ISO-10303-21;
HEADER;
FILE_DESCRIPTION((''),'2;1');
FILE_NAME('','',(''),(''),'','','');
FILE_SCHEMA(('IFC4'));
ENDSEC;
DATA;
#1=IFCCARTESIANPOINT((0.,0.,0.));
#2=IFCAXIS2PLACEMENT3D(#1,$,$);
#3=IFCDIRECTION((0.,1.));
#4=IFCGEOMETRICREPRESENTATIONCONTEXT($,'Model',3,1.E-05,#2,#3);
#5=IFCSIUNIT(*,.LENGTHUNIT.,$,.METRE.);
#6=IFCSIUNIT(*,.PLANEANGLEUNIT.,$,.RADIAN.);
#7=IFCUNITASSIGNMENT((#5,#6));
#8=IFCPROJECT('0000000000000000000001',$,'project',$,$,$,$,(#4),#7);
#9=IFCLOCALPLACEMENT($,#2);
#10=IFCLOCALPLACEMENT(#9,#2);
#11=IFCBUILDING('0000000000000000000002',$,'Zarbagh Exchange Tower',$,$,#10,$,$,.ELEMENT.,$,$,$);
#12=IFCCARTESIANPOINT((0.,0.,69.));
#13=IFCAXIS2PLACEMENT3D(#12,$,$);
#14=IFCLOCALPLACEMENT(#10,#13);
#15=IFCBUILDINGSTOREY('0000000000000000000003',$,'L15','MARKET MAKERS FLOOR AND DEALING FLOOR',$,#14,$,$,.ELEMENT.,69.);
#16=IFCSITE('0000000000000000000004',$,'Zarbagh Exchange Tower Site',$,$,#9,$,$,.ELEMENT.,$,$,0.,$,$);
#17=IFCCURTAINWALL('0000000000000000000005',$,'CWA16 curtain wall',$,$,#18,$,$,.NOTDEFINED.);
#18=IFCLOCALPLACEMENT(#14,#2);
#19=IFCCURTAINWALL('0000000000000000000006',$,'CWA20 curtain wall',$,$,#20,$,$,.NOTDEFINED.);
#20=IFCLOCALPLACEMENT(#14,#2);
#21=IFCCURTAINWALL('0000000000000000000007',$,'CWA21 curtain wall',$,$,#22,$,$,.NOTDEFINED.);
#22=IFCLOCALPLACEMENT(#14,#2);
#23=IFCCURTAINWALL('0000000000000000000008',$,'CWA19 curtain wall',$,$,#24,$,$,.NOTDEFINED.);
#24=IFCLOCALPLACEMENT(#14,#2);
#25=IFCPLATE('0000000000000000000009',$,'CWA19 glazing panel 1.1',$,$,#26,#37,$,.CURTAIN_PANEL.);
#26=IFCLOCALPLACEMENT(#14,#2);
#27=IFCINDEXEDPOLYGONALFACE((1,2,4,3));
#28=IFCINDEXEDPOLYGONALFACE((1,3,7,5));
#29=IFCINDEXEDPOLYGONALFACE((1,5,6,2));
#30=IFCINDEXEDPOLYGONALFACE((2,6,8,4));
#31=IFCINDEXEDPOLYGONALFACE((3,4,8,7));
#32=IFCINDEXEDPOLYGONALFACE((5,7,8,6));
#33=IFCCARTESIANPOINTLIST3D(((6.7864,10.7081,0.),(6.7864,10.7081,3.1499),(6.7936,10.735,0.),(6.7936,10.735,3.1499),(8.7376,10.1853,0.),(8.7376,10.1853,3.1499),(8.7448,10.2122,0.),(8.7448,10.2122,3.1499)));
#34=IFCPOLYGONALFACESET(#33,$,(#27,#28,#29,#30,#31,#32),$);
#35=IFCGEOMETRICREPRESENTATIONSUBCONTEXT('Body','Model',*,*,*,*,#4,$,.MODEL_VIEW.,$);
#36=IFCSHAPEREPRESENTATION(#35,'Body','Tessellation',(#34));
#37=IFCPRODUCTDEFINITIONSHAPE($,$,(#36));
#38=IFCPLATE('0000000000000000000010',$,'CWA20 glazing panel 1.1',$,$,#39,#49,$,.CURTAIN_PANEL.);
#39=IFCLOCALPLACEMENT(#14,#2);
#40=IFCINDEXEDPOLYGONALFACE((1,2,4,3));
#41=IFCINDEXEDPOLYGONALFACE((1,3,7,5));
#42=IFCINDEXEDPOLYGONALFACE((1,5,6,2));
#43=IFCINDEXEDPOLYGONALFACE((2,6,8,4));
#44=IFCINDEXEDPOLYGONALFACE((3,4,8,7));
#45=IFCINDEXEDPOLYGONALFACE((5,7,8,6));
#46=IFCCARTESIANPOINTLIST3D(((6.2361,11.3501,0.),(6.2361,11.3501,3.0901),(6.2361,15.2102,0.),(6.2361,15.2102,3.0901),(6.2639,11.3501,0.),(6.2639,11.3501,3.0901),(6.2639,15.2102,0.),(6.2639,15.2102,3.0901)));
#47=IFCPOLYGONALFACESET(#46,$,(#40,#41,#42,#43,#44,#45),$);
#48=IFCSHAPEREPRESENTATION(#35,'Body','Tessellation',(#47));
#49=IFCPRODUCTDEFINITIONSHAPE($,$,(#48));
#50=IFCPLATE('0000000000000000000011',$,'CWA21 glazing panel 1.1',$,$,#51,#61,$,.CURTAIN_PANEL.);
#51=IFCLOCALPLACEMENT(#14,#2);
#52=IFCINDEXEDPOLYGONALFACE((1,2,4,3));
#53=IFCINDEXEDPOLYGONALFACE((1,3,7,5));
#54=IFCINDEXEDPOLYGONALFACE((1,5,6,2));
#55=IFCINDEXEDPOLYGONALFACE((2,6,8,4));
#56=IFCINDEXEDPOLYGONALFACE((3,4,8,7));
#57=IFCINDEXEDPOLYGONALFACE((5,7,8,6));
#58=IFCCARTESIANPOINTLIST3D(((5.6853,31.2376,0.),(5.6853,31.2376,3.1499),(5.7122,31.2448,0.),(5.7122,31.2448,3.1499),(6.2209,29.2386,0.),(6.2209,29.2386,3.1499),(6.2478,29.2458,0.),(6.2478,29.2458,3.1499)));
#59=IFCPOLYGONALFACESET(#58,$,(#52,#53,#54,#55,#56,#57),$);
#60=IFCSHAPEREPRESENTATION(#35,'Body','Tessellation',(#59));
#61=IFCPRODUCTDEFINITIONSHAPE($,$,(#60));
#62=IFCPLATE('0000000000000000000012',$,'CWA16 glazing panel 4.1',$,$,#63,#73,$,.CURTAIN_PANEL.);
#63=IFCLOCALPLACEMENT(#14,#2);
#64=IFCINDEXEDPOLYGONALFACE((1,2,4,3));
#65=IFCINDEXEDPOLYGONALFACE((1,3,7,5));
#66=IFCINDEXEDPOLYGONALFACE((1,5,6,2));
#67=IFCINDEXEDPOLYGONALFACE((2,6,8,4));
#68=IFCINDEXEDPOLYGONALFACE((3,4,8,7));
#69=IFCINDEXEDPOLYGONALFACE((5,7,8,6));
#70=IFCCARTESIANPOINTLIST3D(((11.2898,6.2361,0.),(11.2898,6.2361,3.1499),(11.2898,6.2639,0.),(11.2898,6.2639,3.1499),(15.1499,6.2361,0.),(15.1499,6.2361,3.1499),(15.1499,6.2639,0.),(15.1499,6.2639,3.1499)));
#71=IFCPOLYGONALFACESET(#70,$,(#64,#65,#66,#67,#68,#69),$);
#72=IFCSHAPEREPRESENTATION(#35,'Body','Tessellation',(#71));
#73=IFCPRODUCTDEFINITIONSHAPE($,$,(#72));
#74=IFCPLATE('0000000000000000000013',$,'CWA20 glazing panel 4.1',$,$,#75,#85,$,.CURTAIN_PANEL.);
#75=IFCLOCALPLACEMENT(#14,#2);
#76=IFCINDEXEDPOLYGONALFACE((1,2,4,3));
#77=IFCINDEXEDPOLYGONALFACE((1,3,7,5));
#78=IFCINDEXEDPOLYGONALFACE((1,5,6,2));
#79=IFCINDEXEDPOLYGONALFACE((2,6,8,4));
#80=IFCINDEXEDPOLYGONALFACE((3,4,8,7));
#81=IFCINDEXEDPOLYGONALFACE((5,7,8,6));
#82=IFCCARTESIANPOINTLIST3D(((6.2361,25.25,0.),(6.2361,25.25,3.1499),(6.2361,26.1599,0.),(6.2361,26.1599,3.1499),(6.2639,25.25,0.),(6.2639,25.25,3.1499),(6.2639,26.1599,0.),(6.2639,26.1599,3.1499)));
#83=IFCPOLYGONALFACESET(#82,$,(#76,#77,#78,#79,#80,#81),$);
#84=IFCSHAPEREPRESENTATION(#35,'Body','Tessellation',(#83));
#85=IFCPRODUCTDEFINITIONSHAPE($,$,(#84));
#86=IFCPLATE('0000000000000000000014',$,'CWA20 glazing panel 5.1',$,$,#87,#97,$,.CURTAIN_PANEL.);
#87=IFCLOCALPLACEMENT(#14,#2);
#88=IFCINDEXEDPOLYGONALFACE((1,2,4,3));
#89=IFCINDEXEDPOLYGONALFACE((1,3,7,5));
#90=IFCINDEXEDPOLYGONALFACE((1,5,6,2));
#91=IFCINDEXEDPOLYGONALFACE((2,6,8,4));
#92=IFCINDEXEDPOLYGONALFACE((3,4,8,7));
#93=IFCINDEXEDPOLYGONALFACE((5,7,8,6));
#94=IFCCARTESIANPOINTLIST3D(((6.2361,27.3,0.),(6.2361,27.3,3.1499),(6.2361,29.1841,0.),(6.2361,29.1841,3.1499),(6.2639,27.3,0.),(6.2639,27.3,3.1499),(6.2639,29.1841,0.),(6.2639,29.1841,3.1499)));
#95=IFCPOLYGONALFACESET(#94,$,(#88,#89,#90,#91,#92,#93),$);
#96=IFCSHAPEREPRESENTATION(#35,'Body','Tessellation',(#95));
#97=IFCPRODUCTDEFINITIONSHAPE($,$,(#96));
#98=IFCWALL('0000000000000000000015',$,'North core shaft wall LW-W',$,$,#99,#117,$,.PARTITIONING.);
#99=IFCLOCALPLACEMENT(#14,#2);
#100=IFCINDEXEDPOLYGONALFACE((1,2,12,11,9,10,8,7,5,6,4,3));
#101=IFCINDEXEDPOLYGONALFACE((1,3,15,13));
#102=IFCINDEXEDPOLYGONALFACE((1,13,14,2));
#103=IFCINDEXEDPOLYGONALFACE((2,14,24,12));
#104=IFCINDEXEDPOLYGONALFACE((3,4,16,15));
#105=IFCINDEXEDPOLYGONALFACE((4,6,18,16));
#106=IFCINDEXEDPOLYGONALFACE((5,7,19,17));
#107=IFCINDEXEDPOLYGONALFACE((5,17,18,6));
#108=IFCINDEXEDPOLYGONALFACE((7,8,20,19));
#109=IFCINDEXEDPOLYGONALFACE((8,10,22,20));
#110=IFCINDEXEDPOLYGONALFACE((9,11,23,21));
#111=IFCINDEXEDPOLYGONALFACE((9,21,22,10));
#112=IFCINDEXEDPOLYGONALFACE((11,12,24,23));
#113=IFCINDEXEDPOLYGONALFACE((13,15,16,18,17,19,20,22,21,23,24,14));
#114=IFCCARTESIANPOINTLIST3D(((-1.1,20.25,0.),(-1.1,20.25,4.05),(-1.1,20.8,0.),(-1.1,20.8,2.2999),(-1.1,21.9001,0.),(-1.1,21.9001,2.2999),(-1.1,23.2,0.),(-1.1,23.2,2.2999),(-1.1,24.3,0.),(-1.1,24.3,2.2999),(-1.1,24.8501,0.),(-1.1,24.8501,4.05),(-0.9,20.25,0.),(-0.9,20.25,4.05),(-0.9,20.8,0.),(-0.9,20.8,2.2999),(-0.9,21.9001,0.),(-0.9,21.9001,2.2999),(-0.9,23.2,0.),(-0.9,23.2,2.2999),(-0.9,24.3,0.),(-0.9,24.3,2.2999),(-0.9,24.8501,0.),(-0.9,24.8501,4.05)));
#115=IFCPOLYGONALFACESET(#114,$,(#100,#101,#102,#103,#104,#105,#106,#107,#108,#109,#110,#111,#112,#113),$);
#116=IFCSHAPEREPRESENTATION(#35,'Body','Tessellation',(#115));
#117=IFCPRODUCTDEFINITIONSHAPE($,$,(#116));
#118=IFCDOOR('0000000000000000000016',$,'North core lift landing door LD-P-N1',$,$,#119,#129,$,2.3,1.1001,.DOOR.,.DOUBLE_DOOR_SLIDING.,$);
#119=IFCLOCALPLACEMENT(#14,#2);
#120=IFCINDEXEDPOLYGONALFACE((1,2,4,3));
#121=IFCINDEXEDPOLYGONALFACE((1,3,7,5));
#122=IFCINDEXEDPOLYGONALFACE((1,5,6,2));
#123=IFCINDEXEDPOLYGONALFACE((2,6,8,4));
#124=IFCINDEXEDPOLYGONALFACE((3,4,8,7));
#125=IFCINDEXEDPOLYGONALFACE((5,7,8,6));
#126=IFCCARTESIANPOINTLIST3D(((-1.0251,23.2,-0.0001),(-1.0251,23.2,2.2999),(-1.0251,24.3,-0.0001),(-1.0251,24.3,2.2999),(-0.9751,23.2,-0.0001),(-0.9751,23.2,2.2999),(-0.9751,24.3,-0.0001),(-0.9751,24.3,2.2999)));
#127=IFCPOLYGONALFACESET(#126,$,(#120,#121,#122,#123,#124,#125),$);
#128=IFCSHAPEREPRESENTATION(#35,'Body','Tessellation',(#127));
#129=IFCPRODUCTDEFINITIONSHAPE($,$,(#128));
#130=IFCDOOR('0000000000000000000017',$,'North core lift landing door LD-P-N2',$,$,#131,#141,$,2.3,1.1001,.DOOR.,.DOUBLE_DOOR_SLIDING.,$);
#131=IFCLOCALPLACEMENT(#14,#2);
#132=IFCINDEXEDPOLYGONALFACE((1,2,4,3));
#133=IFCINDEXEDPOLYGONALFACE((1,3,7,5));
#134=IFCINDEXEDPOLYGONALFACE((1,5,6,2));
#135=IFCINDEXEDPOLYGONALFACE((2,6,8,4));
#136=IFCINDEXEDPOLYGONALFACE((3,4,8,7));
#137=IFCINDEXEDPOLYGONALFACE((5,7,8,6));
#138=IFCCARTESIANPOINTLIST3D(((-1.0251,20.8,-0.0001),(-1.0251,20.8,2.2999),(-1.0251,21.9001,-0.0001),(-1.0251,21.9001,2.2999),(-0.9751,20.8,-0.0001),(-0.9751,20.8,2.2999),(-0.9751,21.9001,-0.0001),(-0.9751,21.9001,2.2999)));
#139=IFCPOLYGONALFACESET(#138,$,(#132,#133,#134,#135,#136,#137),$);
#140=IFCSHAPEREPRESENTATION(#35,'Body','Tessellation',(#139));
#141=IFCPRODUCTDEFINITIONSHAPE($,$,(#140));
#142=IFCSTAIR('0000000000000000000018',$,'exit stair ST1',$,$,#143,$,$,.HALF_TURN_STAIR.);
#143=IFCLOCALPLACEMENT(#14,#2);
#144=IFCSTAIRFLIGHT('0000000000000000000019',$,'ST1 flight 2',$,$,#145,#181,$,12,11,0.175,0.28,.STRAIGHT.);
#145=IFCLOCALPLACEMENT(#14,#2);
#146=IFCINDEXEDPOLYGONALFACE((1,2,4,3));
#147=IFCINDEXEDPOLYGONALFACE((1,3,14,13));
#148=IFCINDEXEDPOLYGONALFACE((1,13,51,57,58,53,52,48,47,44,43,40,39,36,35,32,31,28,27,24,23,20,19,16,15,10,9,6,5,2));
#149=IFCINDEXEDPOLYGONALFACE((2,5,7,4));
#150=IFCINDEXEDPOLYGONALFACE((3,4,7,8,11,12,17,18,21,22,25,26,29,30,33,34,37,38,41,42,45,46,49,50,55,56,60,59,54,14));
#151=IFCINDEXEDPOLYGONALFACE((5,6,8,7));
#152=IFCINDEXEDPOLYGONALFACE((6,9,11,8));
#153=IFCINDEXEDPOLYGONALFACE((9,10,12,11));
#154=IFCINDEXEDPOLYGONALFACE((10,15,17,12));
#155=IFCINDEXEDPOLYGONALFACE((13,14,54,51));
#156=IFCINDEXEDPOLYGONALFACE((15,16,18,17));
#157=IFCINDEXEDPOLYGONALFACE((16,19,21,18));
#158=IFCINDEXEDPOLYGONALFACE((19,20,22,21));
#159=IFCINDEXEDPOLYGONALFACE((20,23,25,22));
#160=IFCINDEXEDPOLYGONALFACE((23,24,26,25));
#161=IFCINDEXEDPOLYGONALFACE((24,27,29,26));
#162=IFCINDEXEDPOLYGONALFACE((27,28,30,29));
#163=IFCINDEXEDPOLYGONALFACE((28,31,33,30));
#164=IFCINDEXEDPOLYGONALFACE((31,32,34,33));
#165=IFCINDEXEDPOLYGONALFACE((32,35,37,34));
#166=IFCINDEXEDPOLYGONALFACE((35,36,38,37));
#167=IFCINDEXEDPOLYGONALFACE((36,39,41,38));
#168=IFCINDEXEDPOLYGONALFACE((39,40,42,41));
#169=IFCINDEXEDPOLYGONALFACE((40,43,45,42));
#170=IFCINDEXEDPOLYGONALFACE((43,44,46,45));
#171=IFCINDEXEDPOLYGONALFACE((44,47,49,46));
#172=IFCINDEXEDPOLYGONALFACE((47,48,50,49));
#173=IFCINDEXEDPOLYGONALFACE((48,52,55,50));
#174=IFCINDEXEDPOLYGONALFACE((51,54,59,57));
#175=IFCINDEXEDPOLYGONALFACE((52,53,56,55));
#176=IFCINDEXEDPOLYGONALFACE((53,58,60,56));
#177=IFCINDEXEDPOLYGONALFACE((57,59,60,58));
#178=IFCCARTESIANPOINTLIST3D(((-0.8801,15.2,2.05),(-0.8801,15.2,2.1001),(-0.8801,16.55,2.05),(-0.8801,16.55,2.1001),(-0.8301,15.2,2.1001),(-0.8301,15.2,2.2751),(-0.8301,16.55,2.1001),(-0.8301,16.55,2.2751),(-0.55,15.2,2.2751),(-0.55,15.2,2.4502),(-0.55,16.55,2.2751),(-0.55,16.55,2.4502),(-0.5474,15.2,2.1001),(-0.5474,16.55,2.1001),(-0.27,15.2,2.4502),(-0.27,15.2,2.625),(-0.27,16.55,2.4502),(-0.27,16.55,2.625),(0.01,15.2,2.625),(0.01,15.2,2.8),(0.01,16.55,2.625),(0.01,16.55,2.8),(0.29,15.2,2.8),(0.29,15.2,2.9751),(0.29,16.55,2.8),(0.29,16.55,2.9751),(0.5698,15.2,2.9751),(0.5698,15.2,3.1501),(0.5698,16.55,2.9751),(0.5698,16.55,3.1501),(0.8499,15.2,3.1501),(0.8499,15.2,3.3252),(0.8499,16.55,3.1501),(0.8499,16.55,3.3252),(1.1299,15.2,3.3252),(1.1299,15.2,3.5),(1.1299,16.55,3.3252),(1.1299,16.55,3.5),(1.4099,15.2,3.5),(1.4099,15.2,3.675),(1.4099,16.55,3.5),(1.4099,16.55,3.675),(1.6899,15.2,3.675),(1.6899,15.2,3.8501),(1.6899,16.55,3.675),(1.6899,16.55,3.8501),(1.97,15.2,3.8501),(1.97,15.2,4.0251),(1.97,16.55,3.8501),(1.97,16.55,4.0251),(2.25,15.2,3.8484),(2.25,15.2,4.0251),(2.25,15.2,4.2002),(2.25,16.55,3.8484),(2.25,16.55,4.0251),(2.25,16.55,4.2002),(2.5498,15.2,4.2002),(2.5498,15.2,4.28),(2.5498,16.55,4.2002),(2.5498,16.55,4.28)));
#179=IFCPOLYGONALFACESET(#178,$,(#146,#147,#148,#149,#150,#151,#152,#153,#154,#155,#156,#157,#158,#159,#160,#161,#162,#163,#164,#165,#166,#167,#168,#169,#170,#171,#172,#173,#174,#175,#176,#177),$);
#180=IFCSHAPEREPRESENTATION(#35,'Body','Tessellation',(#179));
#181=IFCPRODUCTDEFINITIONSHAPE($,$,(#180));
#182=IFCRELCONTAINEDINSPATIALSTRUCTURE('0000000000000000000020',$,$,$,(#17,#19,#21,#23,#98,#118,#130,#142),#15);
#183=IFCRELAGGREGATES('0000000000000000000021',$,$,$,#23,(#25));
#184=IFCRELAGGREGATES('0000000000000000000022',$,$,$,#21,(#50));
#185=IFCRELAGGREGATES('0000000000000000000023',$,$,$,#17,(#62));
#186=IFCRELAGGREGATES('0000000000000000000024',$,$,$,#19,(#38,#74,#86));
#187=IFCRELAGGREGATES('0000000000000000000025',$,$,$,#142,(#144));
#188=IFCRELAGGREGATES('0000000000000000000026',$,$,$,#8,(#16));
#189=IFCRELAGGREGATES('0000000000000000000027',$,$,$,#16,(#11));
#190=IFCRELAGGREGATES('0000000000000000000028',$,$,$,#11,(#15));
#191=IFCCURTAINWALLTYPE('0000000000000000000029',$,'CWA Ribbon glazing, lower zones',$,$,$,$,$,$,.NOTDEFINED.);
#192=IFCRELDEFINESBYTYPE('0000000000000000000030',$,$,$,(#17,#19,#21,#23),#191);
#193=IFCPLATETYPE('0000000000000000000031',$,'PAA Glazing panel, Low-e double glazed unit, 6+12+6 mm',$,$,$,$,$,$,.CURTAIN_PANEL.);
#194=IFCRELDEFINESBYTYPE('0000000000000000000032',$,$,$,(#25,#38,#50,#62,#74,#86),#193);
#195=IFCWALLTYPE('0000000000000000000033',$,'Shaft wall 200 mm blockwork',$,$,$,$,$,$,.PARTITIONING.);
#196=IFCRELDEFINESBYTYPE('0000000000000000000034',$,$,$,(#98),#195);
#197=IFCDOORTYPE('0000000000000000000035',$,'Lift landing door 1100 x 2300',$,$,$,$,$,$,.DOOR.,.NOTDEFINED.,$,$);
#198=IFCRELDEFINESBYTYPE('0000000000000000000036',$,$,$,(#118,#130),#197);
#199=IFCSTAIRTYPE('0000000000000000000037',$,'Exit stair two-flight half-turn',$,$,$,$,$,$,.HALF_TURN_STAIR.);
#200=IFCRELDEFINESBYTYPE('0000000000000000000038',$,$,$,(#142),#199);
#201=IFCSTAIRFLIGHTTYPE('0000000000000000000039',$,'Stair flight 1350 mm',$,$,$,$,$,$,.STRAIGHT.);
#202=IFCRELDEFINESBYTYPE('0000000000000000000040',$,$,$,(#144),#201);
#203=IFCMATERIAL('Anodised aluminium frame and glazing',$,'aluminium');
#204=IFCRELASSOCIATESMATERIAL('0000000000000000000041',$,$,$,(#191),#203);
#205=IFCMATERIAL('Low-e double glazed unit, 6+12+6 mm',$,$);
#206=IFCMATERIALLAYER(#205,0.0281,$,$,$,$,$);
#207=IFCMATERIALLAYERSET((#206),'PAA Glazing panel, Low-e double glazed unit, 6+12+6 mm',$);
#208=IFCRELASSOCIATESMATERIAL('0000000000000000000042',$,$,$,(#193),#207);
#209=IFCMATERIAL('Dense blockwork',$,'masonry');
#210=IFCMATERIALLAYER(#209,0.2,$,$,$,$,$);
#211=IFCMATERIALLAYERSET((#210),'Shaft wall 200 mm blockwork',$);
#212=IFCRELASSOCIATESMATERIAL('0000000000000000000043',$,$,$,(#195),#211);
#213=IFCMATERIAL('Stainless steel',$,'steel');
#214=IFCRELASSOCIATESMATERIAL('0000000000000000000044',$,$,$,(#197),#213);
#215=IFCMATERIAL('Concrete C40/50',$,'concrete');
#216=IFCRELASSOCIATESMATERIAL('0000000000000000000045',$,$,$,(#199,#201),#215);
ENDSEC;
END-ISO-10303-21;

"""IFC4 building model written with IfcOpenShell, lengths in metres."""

from ifc_helpers import new_model, si_unit, direction, frame, frame_2d, origin, place, context, subcontext, project, spatial, polyline, rectangle, outline, extrude, source, transform, mapped, material, layer, layer_set, type_object, element, fill, aggregate, save


model = new_model("IFC4")

# Units and contexts
model_context = context("Model", 3, precision=1e-05, world=origin(), true_north=direction((0.0, 1.0)))
body_context = subcontext(model_context, "Body", "Model", "MODEL_VIEW")
ifc_project = project(units=[si_unit("LENGTHUNIT", "METRE"), si_unit("PLANEANGLEUNIT", "RADIAN")], contexts=[model_context])

# Site, building, storey
site_placement = place(None, origin())
site = spatial("IfcSite", under=ifc_project, at=site_placement, Name="Zarbagh Exchange Tower Site", CompositionType="ELEMENT", RefElevation=0.0)
building_placement = place(site_placement, origin())
building = spatial("IfcBuilding", under=site, at=building_placement, Name="Zarbagh Exchange Tower", CompositionType="ELEMENT")
storey_placement = place(building_placement, frame((0.0, 0.0, 69.0)))
storey = spatial("IfcBuildingStorey", under=building, at=storey_placement, Name="L15", Description="MARKET MAKERS FLOOR AND DEALING FLOOR", CompositionType="ELEMENT", Elevation=69.0)

# Curtain wall
ifc_material_1 = material(Name="Anodised aluminium frame and glazing", Category="aluminium")
curtain_wall_type = type_object("IfcCurtainWallType", Name="CWA Ribbon glazing, lower zones", PredefinedType="NOTDEFINED", material=ifc_material_1)
curtain_wall_1_placement = place(storey_placement, origin())
curtain_wall_1 = element("IfcCurtainWall", 1, at=curtain_wall_1_placement, inside=storey, type_object=curtain_wall_type, Name="CWA16 curtain wall", PredefinedType="NOTDEFINED")
placement = place(storey_placement, origin())

# Curtain wall
curtain_wall_2_placement = place(storey_placement, origin())
curtain_wall_2 = element("IfcCurtainWall", 2, at=curtain_wall_2_placement, inside=storey, type_object=curtain_wall_type, Name="CWA20 curtain wall", PredefinedType="NOTDEFINED")

# Curtain wall
curtain_wall_3_placement = place(storey_placement, origin())
curtain_wall_3 = element("IfcCurtainWall", 3, at=curtain_wall_3_placement, inside=storey, type_object=curtain_wall_type, Name="CWA21 curtain wall", PredefinedType="NOTDEFINED")

# Shared definitions
ifc_material_2 = material(Name="Low-e double glazed unit, 6+12+6 mm")
ifc_layer_1 = layer(ifc_material_2, 0.0281)
ifc_layer_set_1 = layer_set([ifc_layer_1], Name="PAA Glazing panel, Low-e double glazed unit, 6+12+6 mm")
plate_type = type_object("IfcPlateType", Name="PAA Glazing panel, Low-e double glazed unit, 6+12+6 mm", PredefinedType="CURTAIN_PANEL", material=ifc_layer_set_1)

# Curtain wall, plate
curtain_wall_4_placement = place(storey_placement, origin())
curtain_wall_4 = element("IfcCurtainWall", 4, at=curtain_wall_4_placement, inside=storey, type_object=curtain_wall_type, Name="CWA19 curtain wall", PredefinedType="NOTDEFINED")
shared_shape_1 = source(origin(), body_context, "Body", "SweptSolid", [
    extrude(outline(polyline([(0.0, -0.0139), (2.02, -0.0139), (2.02, 0.0139), (0.0, 0.0139), (0.0, -0.0139)])), origin(), (0.0, 0.0, 1.0), 3.1499),
])
plate_1 = element("IfcPlate", 5, at=placement, type_object=plate_type, Name="CWA19 glazing panel 1.1", PredefinedType="CURTAIN_PANEL", context=body_context, shape_type="MappedRepresentation", body=[
    mapped(shared_shape_1, transform((8.7412, 10.1987, 0.0), x_axis=(-0.965924, 0.258825, 0.0), y_axis=(-0.258825, -0.965924, 0.0), z_axis=(0.0, 0.0, 1.0))),
])
aggregate(curtain_wall_4, [plate_1])

# Plates
shared_shape_2 = source(origin(), body_context, "Body", "SweptSolid", [
    extrude(outline(polyline([(0.0, -0.0139), (3.8601, -0.0139), (3.8601, 0.0139), (0.0, 0.0139), (0.0, -0.0139)])), origin(), (0.0, 0.0, 1.0), 3.0901),
])
plate_2 = element("IfcPlate", 6, at=placement, type_object=plate_type, Name="CWA20 glazing panel 1.1", PredefinedType="CURTAIN_PANEL", context=body_context, shape_type="MappedRepresentation", body=[
    mapped(shared_shape_2, transform((6.25, 11.3501, 0.0), x_axis=(0.0, 1.0, 0.0), y_axis=(-1.0, 0.0, 0.0), z_axis=(0.0, 0.0, 1.0))),
])
shared_shape_3 = source(origin(), body_context, "Body", "SweptSolid", [
    extrude(outline(polyline([(0.0, -0.0139), (2.0696, -0.0139), (2.0696, 0.0139), (0.0, 0.0139), (0.0, -0.0139)])), origin(), (0.0, 0.0, 1.0), 3.1499),
])
plate_3 = element("IfcPlate", 7, at=placement, type_object=plate_type, Name="CWA21 glazing panel 1.1", PredefinedType="CURTAIN_PANEL", context=body_context, shape_type="MappedRepresentation", body=[
    mapped(shared_shape_3, transform((6.2344, 29.2422, 0.0), x_axis=(-0.258825, 0.965924, 0.0), y_axis=(-0.965924, -0.258825, 0.0), z_axis=(0.0, 0.0, 1.0))),
])
aggregate(curtain_wall_3, [plate_3])
shared_shape_4 = source(origin(), body_context, "Body", "SweptSolid", [
    extrude(outline(polyline([(0.0, -0.0139), (3.8601, -0.0139), (3.8601, 0.0139), (0.0, 0.0139), (0.0, -0.0139)])), origin(), (0.0, 0.0, 1.0), 3.1499),
])
plate_4 = element("IfcPlate", 8, at=placement, type_object=plate_type, Name="CWA16 glazing panel 4.1", PredefinedType="CURTAIN_PANEL", context=body_context, shape_type="MappedRepresentation", body=[
    mapped(shared_shape_4, transform((15.1499, 6.25, 0.0), x_axis=(-1.0, 0.0, 0.0), y_axis=(0.0, -1.0, 0.0), z_axis=(0.0, 0.0, 1.0))),
])
aggregate(curtain_wall_1, [plate_4])
shared_shape_5 = source(origin(), body_context, "Body", "SweptSolid", [
    extrude(outline(polyline([(0.0, -0.0139), (0.9099, -0.0139), (0.9099, 0.0139), (0.0, 0.0139), (0.0, -0.0139)])), origin(), (0.0, 0.0, 1.0), 3.1499),
])
plate_5 = element("IfcPlate", 9, at=placement, type_object=plate_type, Name="CWA20 glazing panel 4.1", PredefinedType="CURTAIN_PANEL", context=body_context, shape_type="MappedRepresentation", body=[
    mapped(shared_shape_5, transform((6.25, 25.25, 0.0), x_axis=(0.0, 1.0, 0.0), y_axis=(-1.0, 0.0, 0.0), z_axis=(0.0, 0.0, 1.0))),
])
shared_shape_6 = source(origin(), body_context, "Body", "SweptSolid", [
    extrude(outline(polyline([(0.0, -0.0139), (1.884, -0.0139), (1.884, 0.0139), (0.0, 0.0139), (0.0, -0.0139)])), origin(), (0.0, 0.0, 1.0), 3.1499),
])
plate_6 = element("IfcPlate", 10, at=placement, type_object=plate_type, Name="CWA20 glazing panel 5.1", PredefinedType="CURTAIN_PANEL", context=body_context, shape_type="MappedRepresentation", body=[
    mapped(shared_shape_6, transform((6.25, 27.3, 0.0), x_axis=(0.0, 1.0, 0.0), y_axis=(-1.0, 0.0, 0.0), z_axis=(0.0, 0.0, 1.0))),
])
aggregate(curtain_wall_2, [plate_2, plate_5, plate_6])

# Wall, openings, doors
ifc_material_3 = material(Name="Dense blockwork", Category="masonry")
ifc_layer_2 = layer(ifc_material_3, 0.2)
ifc_layer_set_2 = layer_set([ifc_layer_2], Name="Shaft wall 200 mm blockwork")
wall_type = type_object("IfcWallType", Name="Shaft wall 200 mm blockwork", PredefinedType="PARTITIONING", material=ifc_layer_set_2)
wall_placement = place(storey_placement, frame((-1.0, 24.8501, 0.0), z_axis=(0.0, 0.0, 1.0), x_axis=(0.0, -1.0, 0.0)))
wall = element("IfcWall", 11, at=wall_placement, inside=storey, type_object=wall_type, Name="North core shaft wall LW-W", PredefinedType="PARTITIONING", context=body_context, shape_type="SweptSolid", body=[
    extrude(rectangle(XDim=4.6001, YDim=0.2, at=frame_2d((2.3, 0.0))), origin(), (0.0, 0.0, 1.0), 4.05),
])
opening_1_placement = place(wall_placement, frame((0.55, 0.0, 0.0)))
opening_1 = element("IfcOpeningElement", 12, at=opening_1_placement, cuts=wall, PredefinedType="OPENING", context=body_context, shape_type="SweptSolid", body=[
    extrude(rectangle(XDim=1.1001, YDim=2.3, at=frame_2d((0.55, 1.1499))), frame((0.0, 0.1099, 0.0), z_axis=(0.0, -1.0, 0.0), x_axis=(1.0, 0.0, 0.0)), (0.0, 0.0, 1.0), 0.22),
])
opening_2_placement = place(wall_placement, frame((2.95, 0.0, 0.0)))
opening_2 = element("IfcOpeningElement", 13, at=opening_2_placement, cuts=wall, PredefinedType="OPENING", context=body_context, shape_type="SweptSolid", body=[
    extrude(rectangle(XDim=1.1001, YDim=2.3, at=frame_2d((0.55, 1.1499))), frame((0.0, 0.1099, 0.0), z_axis=(0.0, -1.0, 0.0), x_axis=(1.0, 0.0, 0.0)), (0.0, 0.0, 1.0), 0.22),
])
ifc_material_4 = material(Name="Stainless steel", Category="steel")
door_type = type_object("IfcDoorType", Name="Lift landing door 1100 x 2300", OperationType="NOTDEFINED", PredefinedType="DOOR", material=ifc_material_4)
door_1_placement = place(opening_1_placement, origin())
door_1 = element("IfcDoor", 14, at=door_1_placement, inside=storey, type_object=door_type, Name="North core lift landing door LD-P-N1", OperationType="DOUBLE_DOOR_SLIDING", OverallHeight=2.3, OverallWidth=1.1001, PredefinedType="DOOR", context=body_context, shape_type="SweptSolid", body=[
    extrude(rectangle(XDim=1.1001, YDim=2.3, at=frame_2d((0.55, 1.1499))), frame((0.0, 0.0249, 0.0), z_axis=(0.0, -1.0, 0.0), x_axis=(1.0, 0.0, 0.0)), (0.0, 0.0, 1.0), 0.05),
])
fill(opening_1, door_1)
door_2_placement = place(opening_2_placement, origin())
door_2 = element("IfcDoor", 15, at=door_2_placement, inside=storey, type_object=door_type, Name="North core lift landing door LD-P-N2", OperationType="DOUBLE_DOOR_SLIDING", OverallHeight=2.3, OverallWidth=1.1001, PredefinedType="DOOR", context=body_context, shape_type="SweptSolid", body=[
    extrude(rectangle(XDim=1.1001, YDim=2.3, at=frame_2d((0.55, 1.1499))), frame((0.0, 0.0249, 0.0), z_axis=(0.0, -1.0, 0.0), x_axis=(1.0, 0.0, 0.0)), (0.0, 0.0, 1.0), 0.05),
])
fill(opening_2, door_2)

# Stair, stair flight
ifc_material_5 = material(Name="Concrete C40/50", Category="concrete")
stair_type = type_object("IfcStairType", Name="Exit stair two-flight half-turn", PredefinedType="HALF_TURN_STAIR", material=ifc_material_5)
stair_placement = place(storey_placement, origin())
stair = element("IfcStair", 16, at=stair_placement, inside=storey, type_object=stair_type, Name="exit stair ST1", PredefinedType="HALF_TURN_STAIR")
stair_flight_type = type_object("IfcStairFlightType", Name="Stair flight 1350 mm", PredefinedType="STRAIGHT", material=ifc_material_5)
stair_flight_placement = place(storey_placement, frame((-0.8301, 15.875, 2.1001), z_axis=(0.0, 0.0, 1.0), x_axis=(1.0, 0.0, 0.0)))
stair_flight = element("IfcStairFlight", 17, at=stair_flight_placement, type_object=stair_flight_type, Name="ST1 flight 2", NumberOfRisers=12, NumberOfTreads=11, PredefinedType="STRAIGHT", RiserHeight=0.175, TreadLength=0.28, context=body_context, shape_type="SweptSolid", body=[
    extrude(outline(polyline([(-0.05, -0.05), (-0.05, 0.0), (0.0, 0.0), (0.0, 0.175), (0.28, 0.175), (0.28, 0.3501), (0.5601, 0.3501), (0.5601, 0.5249), (0.8401, 0.5249), (0.8401, 0.7), (1.1201, 0.7), (1.1201, 0.875), (1.3999, 0.875), (1.3999, 1.05), (1.6799, 1.05), (1.6799, 1.2251), (1.96, 1.2251), (1.96, 1.3999), (2.24, 1.3999), (2.24, 1.575), (2.52, 1.575), (2.52, 1.75), (2.8, 1.75), (2.8, 1.925), (3.0801, 1.925), (3.0801, 2.1001), (3.3799, 2.1799), (3.3799, 2.1001), (3.0801, 1.7483), (0.2827, 0.0), (-0.05, -0.05)])), frame((0.0, 0.675, 0.0), z_axis=(0.0, -1.0, 0.0), x_axis=(1.0, 0.0, 0.0)), (0.0, 0.0, 1.0), 1.3501),
])
aggregate(stair, [stair_flight])

save(model, "model.ifc")
